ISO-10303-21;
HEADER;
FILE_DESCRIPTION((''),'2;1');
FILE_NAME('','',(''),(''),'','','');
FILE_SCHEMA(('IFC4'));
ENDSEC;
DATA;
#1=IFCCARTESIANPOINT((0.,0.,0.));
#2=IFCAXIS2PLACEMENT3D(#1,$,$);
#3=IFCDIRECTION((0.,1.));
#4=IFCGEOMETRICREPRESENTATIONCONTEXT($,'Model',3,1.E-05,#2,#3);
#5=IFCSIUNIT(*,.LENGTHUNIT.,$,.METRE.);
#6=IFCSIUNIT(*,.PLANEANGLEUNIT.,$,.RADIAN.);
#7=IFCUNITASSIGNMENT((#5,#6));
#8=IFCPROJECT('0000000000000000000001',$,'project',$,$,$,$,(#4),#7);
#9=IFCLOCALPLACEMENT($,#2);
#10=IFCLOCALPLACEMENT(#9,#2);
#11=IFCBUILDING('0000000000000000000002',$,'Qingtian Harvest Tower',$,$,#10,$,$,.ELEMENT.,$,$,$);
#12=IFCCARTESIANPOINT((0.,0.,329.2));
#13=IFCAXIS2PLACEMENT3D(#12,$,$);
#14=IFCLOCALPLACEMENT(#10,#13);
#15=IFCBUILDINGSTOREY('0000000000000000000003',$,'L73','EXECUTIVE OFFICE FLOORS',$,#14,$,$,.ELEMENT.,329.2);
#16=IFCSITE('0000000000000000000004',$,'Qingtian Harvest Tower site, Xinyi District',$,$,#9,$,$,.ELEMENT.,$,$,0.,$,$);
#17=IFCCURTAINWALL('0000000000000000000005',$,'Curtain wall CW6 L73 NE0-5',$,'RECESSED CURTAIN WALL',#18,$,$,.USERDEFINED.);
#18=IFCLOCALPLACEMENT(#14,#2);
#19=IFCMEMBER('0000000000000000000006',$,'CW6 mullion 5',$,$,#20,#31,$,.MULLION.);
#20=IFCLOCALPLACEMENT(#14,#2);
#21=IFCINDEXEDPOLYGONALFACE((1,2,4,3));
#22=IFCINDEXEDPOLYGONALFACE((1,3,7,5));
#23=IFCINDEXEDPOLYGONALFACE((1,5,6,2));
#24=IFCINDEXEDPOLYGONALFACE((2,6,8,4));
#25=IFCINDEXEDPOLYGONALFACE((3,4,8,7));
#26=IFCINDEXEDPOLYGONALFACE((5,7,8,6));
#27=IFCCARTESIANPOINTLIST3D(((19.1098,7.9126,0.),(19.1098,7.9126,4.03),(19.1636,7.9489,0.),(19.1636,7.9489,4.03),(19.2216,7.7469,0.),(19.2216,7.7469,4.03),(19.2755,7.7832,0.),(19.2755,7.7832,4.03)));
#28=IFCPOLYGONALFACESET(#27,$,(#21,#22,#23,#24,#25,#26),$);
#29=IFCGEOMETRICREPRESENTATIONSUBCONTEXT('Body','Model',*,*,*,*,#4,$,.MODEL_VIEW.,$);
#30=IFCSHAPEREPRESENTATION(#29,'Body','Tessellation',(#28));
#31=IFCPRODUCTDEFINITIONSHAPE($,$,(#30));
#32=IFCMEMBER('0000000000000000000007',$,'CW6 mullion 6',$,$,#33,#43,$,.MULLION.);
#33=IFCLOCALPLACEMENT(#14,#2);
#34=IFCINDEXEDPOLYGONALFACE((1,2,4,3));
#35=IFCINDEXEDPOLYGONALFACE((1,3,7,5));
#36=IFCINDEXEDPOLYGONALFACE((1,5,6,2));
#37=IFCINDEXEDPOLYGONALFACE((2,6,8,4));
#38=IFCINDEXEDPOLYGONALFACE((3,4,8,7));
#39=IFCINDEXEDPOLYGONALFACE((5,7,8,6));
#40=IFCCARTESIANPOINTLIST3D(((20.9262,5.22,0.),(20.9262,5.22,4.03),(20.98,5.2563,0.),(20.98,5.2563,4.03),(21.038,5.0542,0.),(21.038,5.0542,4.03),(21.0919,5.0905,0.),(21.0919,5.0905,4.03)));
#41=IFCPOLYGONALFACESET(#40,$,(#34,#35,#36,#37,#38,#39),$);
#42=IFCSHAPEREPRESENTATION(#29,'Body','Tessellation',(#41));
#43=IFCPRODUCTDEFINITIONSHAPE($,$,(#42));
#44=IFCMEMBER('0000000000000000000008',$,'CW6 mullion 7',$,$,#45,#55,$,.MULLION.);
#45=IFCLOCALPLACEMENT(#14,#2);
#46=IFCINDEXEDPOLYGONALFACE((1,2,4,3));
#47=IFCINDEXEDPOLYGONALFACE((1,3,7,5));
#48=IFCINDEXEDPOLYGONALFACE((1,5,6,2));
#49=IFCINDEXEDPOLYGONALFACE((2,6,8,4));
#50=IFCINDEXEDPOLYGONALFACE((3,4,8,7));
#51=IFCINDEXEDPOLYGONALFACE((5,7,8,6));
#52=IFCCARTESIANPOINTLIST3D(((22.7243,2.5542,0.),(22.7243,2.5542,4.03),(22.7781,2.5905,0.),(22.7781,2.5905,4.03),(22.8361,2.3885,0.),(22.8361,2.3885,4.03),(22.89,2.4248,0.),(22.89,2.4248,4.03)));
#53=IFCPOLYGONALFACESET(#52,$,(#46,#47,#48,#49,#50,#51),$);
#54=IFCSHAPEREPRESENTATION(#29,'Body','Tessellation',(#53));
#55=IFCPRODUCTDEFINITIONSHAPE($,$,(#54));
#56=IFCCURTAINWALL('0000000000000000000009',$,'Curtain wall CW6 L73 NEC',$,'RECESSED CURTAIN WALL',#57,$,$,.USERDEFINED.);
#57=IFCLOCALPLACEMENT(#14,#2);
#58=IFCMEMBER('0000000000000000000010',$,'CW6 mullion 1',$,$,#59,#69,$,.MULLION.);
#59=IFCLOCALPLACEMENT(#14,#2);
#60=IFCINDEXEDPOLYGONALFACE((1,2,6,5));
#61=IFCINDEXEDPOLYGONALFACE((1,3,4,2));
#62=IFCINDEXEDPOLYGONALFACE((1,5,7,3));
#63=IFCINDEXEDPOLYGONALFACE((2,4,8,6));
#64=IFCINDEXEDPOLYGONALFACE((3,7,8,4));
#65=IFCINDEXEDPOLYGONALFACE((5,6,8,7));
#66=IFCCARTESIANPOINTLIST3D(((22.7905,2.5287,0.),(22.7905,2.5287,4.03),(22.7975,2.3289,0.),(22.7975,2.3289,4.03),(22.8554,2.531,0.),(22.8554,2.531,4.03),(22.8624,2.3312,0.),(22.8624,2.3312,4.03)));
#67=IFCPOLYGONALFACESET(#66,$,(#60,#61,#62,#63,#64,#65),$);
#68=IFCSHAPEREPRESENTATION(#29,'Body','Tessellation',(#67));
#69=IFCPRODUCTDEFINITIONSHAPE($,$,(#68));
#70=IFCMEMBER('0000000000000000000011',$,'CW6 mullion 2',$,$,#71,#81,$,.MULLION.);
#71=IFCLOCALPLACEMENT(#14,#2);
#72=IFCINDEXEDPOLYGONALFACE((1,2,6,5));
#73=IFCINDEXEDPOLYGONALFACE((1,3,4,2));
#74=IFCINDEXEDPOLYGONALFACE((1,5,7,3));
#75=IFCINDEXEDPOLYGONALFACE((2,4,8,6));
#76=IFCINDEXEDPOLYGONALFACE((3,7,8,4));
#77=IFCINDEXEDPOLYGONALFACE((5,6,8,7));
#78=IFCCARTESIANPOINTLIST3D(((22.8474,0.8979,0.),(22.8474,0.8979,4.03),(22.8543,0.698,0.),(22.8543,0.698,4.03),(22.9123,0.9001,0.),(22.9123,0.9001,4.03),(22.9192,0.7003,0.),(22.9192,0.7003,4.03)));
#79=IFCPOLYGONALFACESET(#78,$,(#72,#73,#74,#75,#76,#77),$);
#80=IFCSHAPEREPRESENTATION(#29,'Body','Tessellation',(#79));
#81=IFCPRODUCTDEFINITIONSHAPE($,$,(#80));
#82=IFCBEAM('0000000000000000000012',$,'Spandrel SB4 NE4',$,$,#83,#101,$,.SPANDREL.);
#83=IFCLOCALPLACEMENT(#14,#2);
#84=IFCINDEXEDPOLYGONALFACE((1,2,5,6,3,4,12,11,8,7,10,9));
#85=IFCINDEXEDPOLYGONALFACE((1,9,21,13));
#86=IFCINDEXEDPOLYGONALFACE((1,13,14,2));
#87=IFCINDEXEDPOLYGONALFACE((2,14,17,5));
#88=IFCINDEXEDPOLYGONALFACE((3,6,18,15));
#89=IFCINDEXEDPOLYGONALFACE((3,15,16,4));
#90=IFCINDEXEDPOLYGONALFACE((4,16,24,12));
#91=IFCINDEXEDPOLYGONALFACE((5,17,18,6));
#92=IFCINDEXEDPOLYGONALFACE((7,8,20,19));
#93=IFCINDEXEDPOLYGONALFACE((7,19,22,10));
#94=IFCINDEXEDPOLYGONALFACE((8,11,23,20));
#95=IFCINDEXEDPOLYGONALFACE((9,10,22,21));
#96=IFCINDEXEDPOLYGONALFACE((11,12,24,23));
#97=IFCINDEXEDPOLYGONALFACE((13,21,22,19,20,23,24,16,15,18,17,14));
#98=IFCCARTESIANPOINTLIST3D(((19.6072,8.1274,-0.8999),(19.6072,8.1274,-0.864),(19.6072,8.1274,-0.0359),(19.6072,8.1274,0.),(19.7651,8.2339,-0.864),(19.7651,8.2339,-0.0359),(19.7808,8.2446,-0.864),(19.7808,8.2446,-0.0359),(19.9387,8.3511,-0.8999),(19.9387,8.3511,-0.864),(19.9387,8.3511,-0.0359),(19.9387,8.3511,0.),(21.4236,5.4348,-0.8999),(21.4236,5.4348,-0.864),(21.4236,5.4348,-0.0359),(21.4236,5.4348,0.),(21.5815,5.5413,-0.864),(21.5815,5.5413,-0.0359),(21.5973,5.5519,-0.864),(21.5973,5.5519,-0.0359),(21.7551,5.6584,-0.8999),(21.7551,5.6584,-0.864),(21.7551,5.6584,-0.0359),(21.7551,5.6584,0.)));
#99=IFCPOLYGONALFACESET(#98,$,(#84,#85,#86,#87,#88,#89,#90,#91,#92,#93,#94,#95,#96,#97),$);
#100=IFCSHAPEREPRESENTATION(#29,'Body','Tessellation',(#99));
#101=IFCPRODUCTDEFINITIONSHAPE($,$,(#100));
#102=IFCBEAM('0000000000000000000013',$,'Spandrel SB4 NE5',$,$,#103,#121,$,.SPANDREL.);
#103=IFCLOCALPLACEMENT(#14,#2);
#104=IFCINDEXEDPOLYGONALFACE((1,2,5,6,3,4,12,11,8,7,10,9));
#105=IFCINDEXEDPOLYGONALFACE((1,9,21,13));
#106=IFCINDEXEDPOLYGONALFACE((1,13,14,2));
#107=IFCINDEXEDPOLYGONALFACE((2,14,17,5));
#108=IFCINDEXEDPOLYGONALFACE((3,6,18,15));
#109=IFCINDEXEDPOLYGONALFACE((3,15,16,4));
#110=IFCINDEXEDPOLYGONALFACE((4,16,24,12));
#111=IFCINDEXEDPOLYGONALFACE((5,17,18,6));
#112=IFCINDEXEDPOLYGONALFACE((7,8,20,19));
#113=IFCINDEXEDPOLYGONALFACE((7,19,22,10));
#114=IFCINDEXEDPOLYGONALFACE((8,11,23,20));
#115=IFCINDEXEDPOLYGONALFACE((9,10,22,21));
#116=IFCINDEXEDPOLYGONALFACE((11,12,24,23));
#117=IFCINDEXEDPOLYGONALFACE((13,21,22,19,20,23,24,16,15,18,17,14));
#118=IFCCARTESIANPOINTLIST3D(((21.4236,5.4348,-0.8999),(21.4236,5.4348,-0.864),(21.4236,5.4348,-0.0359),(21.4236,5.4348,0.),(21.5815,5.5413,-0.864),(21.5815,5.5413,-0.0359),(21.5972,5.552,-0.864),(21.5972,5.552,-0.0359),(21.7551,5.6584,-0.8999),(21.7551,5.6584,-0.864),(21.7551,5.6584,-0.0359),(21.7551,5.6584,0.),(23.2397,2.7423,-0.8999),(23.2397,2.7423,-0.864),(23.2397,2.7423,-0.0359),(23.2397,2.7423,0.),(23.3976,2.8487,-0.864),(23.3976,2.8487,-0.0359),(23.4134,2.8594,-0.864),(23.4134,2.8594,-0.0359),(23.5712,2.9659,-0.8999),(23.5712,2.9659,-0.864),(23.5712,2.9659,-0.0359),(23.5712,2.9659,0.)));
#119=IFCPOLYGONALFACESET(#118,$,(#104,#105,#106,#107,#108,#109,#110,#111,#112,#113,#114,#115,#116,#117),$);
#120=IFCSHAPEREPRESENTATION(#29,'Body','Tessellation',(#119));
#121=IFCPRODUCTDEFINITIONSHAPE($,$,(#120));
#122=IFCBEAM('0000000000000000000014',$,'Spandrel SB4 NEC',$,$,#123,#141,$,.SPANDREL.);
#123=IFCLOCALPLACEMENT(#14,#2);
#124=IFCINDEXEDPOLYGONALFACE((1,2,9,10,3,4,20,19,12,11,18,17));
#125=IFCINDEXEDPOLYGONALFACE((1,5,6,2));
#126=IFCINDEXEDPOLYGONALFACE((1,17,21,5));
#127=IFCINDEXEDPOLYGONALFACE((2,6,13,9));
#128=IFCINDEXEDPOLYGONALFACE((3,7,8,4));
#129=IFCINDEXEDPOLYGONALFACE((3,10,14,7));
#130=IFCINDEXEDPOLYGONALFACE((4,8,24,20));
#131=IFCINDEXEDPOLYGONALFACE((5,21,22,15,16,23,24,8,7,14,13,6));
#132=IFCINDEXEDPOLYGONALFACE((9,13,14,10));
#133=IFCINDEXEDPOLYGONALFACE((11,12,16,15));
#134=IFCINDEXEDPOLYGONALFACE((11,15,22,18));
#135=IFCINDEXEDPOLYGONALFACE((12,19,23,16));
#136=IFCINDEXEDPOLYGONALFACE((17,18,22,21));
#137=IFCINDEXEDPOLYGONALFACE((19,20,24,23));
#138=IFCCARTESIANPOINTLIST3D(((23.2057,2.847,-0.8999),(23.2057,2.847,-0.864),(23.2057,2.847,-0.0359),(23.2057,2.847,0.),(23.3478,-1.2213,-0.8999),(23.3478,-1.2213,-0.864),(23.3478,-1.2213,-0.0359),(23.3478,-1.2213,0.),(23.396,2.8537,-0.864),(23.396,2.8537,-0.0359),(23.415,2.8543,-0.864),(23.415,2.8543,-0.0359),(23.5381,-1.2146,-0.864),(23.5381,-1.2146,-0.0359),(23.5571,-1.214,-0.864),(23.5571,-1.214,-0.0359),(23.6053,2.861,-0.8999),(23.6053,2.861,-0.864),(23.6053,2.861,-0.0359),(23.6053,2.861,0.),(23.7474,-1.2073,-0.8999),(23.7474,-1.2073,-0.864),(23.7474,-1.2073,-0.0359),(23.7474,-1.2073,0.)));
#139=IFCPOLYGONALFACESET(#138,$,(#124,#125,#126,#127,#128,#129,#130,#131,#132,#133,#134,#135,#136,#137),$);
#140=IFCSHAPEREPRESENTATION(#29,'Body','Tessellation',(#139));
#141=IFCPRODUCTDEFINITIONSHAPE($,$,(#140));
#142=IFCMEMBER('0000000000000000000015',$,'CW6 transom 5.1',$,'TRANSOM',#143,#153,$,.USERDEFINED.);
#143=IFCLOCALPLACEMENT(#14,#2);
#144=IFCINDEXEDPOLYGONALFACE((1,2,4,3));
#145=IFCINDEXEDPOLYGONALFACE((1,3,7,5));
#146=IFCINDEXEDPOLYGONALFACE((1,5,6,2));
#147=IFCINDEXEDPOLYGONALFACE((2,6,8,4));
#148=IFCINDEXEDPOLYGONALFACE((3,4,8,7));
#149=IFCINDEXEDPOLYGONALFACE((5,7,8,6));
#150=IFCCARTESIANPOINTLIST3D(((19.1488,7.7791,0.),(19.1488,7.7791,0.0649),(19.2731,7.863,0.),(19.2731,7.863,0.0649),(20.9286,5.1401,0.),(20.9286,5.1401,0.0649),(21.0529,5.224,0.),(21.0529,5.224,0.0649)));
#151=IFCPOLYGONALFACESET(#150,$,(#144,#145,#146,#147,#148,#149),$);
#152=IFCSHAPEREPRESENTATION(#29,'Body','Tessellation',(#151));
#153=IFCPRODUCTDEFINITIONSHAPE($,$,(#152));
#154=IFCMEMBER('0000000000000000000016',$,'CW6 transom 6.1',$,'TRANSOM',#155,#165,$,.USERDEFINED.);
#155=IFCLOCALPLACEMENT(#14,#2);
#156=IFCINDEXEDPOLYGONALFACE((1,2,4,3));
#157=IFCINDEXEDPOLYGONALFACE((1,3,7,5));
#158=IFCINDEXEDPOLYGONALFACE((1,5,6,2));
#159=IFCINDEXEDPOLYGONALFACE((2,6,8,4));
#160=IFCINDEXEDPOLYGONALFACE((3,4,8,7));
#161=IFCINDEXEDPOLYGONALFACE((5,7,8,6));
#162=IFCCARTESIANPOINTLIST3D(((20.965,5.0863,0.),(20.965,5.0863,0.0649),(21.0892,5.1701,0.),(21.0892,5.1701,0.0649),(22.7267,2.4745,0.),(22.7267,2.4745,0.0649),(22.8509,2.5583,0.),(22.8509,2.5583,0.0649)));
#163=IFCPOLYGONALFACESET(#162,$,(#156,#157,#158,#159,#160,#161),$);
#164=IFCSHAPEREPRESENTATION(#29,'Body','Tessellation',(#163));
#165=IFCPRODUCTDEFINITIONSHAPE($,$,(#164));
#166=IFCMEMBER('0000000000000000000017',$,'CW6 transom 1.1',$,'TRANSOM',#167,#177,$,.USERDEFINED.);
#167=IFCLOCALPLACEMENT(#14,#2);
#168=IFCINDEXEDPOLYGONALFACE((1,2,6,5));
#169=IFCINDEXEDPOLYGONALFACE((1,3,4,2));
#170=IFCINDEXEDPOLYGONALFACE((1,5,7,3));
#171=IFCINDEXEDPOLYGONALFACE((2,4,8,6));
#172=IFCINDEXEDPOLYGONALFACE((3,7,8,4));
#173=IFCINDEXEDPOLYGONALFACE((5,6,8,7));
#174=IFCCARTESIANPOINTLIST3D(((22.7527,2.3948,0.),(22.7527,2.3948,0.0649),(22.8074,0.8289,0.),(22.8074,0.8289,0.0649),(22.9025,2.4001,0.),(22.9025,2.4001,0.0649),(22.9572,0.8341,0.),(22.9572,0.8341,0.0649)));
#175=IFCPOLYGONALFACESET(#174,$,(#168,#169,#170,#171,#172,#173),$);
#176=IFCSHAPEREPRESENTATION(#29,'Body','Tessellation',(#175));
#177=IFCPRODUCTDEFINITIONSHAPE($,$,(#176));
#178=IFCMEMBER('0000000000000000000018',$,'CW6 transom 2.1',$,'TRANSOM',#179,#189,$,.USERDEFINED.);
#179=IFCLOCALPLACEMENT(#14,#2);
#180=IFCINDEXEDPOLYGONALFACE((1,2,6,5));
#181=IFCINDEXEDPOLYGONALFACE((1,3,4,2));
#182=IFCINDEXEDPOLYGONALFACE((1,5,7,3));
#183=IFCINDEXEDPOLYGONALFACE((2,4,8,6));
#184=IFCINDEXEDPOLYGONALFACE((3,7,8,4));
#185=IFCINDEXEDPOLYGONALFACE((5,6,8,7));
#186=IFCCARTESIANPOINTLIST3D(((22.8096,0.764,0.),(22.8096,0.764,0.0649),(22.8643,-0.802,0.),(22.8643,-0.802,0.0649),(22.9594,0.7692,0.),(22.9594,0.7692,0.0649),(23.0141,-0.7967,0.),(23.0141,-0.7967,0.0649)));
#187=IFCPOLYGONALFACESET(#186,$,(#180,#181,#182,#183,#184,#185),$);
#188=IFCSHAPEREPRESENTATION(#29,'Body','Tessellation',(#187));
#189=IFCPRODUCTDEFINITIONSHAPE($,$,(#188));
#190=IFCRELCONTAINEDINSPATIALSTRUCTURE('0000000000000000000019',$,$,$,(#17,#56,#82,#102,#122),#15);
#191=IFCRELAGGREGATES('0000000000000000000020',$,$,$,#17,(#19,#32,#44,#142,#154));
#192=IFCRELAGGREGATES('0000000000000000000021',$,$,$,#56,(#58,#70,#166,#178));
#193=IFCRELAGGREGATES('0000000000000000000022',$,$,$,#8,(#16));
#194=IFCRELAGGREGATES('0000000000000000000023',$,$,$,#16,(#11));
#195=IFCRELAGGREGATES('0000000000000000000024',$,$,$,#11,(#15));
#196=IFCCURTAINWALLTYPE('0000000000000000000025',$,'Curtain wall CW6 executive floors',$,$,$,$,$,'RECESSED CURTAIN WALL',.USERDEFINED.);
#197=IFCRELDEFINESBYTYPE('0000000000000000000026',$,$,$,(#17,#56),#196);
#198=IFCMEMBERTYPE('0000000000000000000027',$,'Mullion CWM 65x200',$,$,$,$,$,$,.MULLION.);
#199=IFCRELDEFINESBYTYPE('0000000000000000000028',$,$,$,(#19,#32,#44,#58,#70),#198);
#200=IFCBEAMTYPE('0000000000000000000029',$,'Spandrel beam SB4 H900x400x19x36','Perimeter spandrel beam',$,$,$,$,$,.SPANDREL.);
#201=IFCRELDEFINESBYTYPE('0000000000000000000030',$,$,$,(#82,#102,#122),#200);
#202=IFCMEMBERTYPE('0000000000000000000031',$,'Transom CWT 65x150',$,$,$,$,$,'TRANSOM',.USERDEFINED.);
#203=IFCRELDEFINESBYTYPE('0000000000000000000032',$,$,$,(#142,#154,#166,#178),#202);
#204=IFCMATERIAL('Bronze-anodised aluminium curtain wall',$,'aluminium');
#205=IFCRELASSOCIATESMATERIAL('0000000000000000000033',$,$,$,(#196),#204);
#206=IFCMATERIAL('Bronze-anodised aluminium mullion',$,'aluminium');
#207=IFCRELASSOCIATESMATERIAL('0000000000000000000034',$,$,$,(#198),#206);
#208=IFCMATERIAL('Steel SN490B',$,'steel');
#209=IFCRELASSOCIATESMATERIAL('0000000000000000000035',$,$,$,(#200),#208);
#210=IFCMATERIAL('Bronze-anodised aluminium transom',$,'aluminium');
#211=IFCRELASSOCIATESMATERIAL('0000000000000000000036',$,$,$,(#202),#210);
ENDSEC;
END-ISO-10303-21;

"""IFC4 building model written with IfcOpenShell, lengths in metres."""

from ifc_helpers import new_model, si_unit, direction, frame, origin, origin_2d, place, context, subcontext, project, spatial, rectangle, i_section, extrude, material, material_profile, profile_set, type_object, element, aggregate, save


model = new_model("IFC4")

# Units and contexts
model_context = context("Model", 3, precision=1e-05, world=origin(), true_north=direction((0.0, 1.0)))
body_context = subcontext(model_context, "Body", "Model", "MODEL_VIEW")
ifc_project = project(units=[si_unit("LENGTHUNIT", "METRE"), si_unit("PLANEANGLEUNIT", "RADIAN")], contexts=[model_context])

# Site, building, storey
site_placement = place(None, origin())
site = spatial("IfcSite", under=ifc_project, at=site_placement, Name="Qingtian Harvest Tower site, Xinyi District", CompositionType="ELEMENT", RefElevation=0.0)
building_placement = place(site_placement, origin())
building = spatial("IfcBuilding", under=site, at=building_placement, Name="Qingtian Harvest Tower", CompositionType="ELEMENT")
storey_placement = place(building_placement, frame((0.0, 0.0, 329.2)))
storey = spatial("IfcBuildingStorey", under=building, at=storey_placement, Name="L73", Description="EXECUTIVE OFFICE FLOORS", CompositionType="ELEMENT", Elevation=329.2)

# Curtain walls, members
ifc_material_1 = material(Name="Bronze-anodised aluminium curtain wall", Category="aluminium")
curtain_wall_type = type_object("IfcCurtainWallType", Name="Curtain wall CW6 executive floors", ElementType="RECESSED CURTAIN WALL", PredefinedType="USERDEFINED", material=ifc_material_1)
curtain_wall_1_placement = place(storey_placement, origin())
curtain_wall_1 = element("IfcCurtainWall", 1, at=curtain_wall_1_placement, inside=storey, type_object=curtain_wall_type, Name="Curtain wall CW6 L73 NE0-5", ObjectType="RECESSED CURTAIN WALL", PredefinedType="USERDEFINED")
ifc_material_2 = material(Name="Bronze-anodised aluminium mullion", Category="aluminium")
ifc_material_profile_1 = material_profile(ifc_material_2, rectangle(XDim=0.0649, YDim=0.2, at=origin_2d()), Name="AL 65x200")
ifc_profile_set_1 = profile_set([ifc_material_profile_1], Name="Bronze-anodised aluminium mullion")
member_type_1 = type_object("IfcMemberType", Name="Mullion CWM 65x200", PredefinedType="MULLION", material=ifc_profile_set_1)
member_1_placement = place(storey_placement, frame((19.1926, 7.8479, 0.0), z_axis=(0.0, 0.0, 1.0), x_axis=(0.829038, 0.559193, 0.0)))
member_1 = element("IfcMember", 2, at=member_1_placement, type_object=member_type_1, Name="CW6 mullion 5", PredefinedType="MULLION", context=body_context, shape_type="SweptSolid", body=[
    extrude(rectangle(XDim=0.0649, YDim=0.2, at=origin_2d()), origin(), (0.0, 0.0, 1.0), 4.03),
])
member_2_placement = place(storey_placement, frame((21.009, 5.1553, 0.0), z_axis=(0.0, 0.0, 1.0), x_axis=(0.829038, 0.559193, 0.0)))
member_2 = element("IfcMember", 3, at=member_2_placement, type_object=member_type_1, Name="CW6 mullion 6", PredefinedType="MULLION", context=body_context, shape_type="SweptSolid", body=[
    extrude(rectangle(XDim=0.0649, YDim=0.2, at=origin_2d()), origin(), (0.0, 0.0, 1.0), 4.03),
])
member_3_placement = place(storey_placement, frame((22.8071, 2.4895, 0.0), z_axis=(0.0, 0.0, 1.0), x_axis=(0.829038, 0.559193, 0.0)))
member_3 = element("IfcMember", 4, at=member_3_placement, type_object=member_type_1, Name="CW6 mullion 7", PredefinedType="MULLION", context=body_context, shape_type="SweptSolid", body=[
    extrude(rectangle(XDim=0.0649, YDim=0.2, at=origin_2d()), origin(), (0.0, 0.0, 1.0), 4.03),
])
curtain_wall_2_placement = place(storey_placement, origin())
curtain_wall_2 = element("IfcCurtainWall", 5, at=curtain_wall_2_placement, inside=storey, type_object=curtain_wall_type, Name="Curtain wall CW6 L73 NEC", ObjectType="RECESSED CURTAIN WALL", PredefinedType="USERDEFINED")
member_4_placement = place(storey_placement, frame((22.8264, 2.4299, 0.0), z_axis=(0.0, 0.0, 1.0), x_axis=(0.999391, 0.034899, 0.0)))
member_4 = element("IfcMember", 6, at=member_4_placement, type_object=member_type_1, Name="CW6 mullion 1", PredefinedType="MULLION", context=body_context, shape_type="SweptSolid", body=[
    extrude(rectangle(XDim=0.0649, YDim=0.2, at=origin_2d()), origin(), (0.0, 0.0, 1.0), 4.03),
])
member_5_placement = place(storey_placement, frame((22.8833, 0.7991, 0.0), z_axis=(0.0, 0.0, 1.0), x_axis=(0.999391, 0.034899, 0.0)))
member_5 = element("IfcMember", 7, at=member_5_placement, type_object=member_type_1, Name="CW6 mullion 2", PredefinedType="MULLION", context=body_context, shape_type="SweptSolid", body=[
    extrude(rectangle(XDim=0.0649, YDim=0.2, at=origin_2d()), origin(), (0.0, 0.0, 1.0), 4.03),
])

# Beams
ifc_material_3 = material(Name="Steel SN490B", Category="steel")
ifc_material_profile_2 = material_profile(ifc_material_3, i_section(OverallWidth=0.3999, OverallDepth=0.8999, WebThickness=0.019, FlangeThickness=0.0359, at=origin_2d()), Name="H900x400x19x36")
ifc_profile_set_2 = profile_set([ifc_material_profile_2], Name="Steel SN490B")
beam_type_1 = type_object("IfcBeamType", Name="Spandrel beam SB4 H900x400x19x36", Description="Perimeter spandrel beam", PredefinedType="SPANDREL", material=ifc_profile_set_2)
beam_1_placement = place(storey_placement, frame((19.7729, 8.2393, -0.45), z_axis=(0.559237, -0.829008, 0.0), x_axis=(0.829008, 0.559237, 0.0)))
element("IfcBeam", 8, at=beam_1_placement, inside=storey, type_object=beam_type_1, Name="Spandrel SB4 NE4", PredefinedType="SPANDREL", context=body_context, shape_type="SweptSolid", body=[
    extrude(i_section(OverallWidth=0.3999, OverallDepth=0.8999, WebThickness=0.019, FlangeThickness=0.0359, at=origin_2d()), origin(), (0.0, 0.0, 1.0), 3.248),
])
beam_2_placement = place(storey_placement, frame((21.5894, 5.5466, -0.45), z_axis=(0.559185, -0.829043, 0.0), x_axis=(0.829043, 0.559185, 0.0)))
element("IfcBeam", 9, at=beam_2_placement, inside=storey, type_object=beam_type_1, Name="Spandrel SB4 NE5", PredefinedType="SPANDREL", context=body_context, shape_type="SweptSolid", body=[
    extrude(i_section(OverallWidth=0.3999, OverallDepth=0.8999, WebThickness=0.019, FlangeThickness=0.0359, at=origin_2d()), origin(), (0.0, 0.0, 1.0), 3.2478),
])
beam_3_placement = place(storey_placement, frame((23.4055, 2.854, -0.45), z_axis=(0.034904, -0.999391, 0.0), x_axis=(0.999391, 0.034904, 0.0)))
element("IfcBeam", 10, at=beam_3_placement, inside=storey, type_object=beam_type_1, Name="Spandrel SB4 NEC", PredefinedType="SPANDREL", context=body_context, shape_type="SweptSolid", body=[
    extrude(i_section(OverallWidth=0.3999, OverallDepth=0.8999, WebThickness=0.019, FlangeThickness=0.0359, at=origin_2d()), origin(), (0.0, 0.0, 1.0), 4.0708),
])

# Members
ifc_material_4 = material(Name="Bronze-anodised aluminium transom", Category="aluminium")
ifc_material_profile_3 = material_profile(ifc_material_4, rectangle(XDim=0.1499, YDim=0.0649, at=origin_2d()), Name="AL 65x150")
ifc_profile_set_3 = profile_set([ifc_material_profile_3], Name="Bronze-anodised aluminium transom")
member_type_2 = type_object("IfcMemberType", Name="Transom CWT 65x150", ElementType="TRANSOM", PredefinedType="USERDEFINED", material=ifc_profile_set_3)
member_6_placement = place(storey_placement, frame((19.2109, 7.821, 0.0325), z_axis=(0.559153, -0.829065, 0.0), x_axis=(0.829065, 0.559153, 0.0)))
member_6 = element("IfcMember", 11, at=member_6_placement, type_object=member_type_2, Name="CW6 transom 5.1", ObjectType="TRANSOM", PredefinedType="USERDEFINED", context=body_context, shape_type="SweptSolid", body=[
    extrude(rectangle(XDim=0.1499, YDim=0.0649, at=origin_2d()), origin(), (0.0, 0.0, 1.0), 3.1831),
])
member_7_placement = place(storey_placement, frame((21.0271, 5.1282, 0.0325), z_axis=(0.559199, -0.829034, 0.0), x_axis=(0.829034, 0.559199, 0.0)))
member_7 = element("IfcMember", 12, at=member_7_placement, type_object=member_type_2, Name="CW6 transom 6.1", ObjectType="TRANSOM", PredefinedType="USERDEFINED", context=body_context, shape_type="SweptSolid", body=[
    extrude(rectangle(XDim=0.1499, YDim=0.0649, at=origin_2d()), origin(), (0.0, 0.0, 1.0), 3.1504),
])
member_8_placement = place(storey_placement, frame((22.8276, 2.3975, 0.0325), z_axis=(0.034902, -0.999391, 0.0), x_axis=(0.999391, 0.034902, 0.0)))
member_8 = element("IfcMember", 13, at=member_8_placement, type_object=member_type_2, Name="CW6 transom 1.1", ObjectType="TRANSOM", PredefinedType="USERDEFINED", context=body_context, shape_type="SweptSolid", body=[
    extrude(rectangle(XDim=0.1499, YDim=0.0649, at=origin_2d()), origin(), (0.0, 0.0, 1.0), 1.5669),
])
member_9_placement = place(storey_placement, frame((22.8845, 0.7666, 0.0325), z_axis=(0.034902, -0.999391, 0.0), x_axis=(0.999391, 0.034902, 0.0)))
member_9 = element("IfcMember", 14, at=member_9_placement, type_object=member_type_2, Name="CW6 transom 2.1", ObjectType="TRANSOM", PredefinedType="USERDEFINED", context=body_context, shape_type="SweptSolid", body=[
    extrude(rectangle(XDim=0.1499, YDim=0.0649, at=origin_2d()), origin(), (0.0, 0.0, 1.0), 1.5669),
])

aggregate(curtain_wall_1, [member_1, member_2, member_3, member_6, member_7])
aggregate(curtain_wall_2, [member_4, member_5, member_8, member_9])

save(model, "model.ifc")
